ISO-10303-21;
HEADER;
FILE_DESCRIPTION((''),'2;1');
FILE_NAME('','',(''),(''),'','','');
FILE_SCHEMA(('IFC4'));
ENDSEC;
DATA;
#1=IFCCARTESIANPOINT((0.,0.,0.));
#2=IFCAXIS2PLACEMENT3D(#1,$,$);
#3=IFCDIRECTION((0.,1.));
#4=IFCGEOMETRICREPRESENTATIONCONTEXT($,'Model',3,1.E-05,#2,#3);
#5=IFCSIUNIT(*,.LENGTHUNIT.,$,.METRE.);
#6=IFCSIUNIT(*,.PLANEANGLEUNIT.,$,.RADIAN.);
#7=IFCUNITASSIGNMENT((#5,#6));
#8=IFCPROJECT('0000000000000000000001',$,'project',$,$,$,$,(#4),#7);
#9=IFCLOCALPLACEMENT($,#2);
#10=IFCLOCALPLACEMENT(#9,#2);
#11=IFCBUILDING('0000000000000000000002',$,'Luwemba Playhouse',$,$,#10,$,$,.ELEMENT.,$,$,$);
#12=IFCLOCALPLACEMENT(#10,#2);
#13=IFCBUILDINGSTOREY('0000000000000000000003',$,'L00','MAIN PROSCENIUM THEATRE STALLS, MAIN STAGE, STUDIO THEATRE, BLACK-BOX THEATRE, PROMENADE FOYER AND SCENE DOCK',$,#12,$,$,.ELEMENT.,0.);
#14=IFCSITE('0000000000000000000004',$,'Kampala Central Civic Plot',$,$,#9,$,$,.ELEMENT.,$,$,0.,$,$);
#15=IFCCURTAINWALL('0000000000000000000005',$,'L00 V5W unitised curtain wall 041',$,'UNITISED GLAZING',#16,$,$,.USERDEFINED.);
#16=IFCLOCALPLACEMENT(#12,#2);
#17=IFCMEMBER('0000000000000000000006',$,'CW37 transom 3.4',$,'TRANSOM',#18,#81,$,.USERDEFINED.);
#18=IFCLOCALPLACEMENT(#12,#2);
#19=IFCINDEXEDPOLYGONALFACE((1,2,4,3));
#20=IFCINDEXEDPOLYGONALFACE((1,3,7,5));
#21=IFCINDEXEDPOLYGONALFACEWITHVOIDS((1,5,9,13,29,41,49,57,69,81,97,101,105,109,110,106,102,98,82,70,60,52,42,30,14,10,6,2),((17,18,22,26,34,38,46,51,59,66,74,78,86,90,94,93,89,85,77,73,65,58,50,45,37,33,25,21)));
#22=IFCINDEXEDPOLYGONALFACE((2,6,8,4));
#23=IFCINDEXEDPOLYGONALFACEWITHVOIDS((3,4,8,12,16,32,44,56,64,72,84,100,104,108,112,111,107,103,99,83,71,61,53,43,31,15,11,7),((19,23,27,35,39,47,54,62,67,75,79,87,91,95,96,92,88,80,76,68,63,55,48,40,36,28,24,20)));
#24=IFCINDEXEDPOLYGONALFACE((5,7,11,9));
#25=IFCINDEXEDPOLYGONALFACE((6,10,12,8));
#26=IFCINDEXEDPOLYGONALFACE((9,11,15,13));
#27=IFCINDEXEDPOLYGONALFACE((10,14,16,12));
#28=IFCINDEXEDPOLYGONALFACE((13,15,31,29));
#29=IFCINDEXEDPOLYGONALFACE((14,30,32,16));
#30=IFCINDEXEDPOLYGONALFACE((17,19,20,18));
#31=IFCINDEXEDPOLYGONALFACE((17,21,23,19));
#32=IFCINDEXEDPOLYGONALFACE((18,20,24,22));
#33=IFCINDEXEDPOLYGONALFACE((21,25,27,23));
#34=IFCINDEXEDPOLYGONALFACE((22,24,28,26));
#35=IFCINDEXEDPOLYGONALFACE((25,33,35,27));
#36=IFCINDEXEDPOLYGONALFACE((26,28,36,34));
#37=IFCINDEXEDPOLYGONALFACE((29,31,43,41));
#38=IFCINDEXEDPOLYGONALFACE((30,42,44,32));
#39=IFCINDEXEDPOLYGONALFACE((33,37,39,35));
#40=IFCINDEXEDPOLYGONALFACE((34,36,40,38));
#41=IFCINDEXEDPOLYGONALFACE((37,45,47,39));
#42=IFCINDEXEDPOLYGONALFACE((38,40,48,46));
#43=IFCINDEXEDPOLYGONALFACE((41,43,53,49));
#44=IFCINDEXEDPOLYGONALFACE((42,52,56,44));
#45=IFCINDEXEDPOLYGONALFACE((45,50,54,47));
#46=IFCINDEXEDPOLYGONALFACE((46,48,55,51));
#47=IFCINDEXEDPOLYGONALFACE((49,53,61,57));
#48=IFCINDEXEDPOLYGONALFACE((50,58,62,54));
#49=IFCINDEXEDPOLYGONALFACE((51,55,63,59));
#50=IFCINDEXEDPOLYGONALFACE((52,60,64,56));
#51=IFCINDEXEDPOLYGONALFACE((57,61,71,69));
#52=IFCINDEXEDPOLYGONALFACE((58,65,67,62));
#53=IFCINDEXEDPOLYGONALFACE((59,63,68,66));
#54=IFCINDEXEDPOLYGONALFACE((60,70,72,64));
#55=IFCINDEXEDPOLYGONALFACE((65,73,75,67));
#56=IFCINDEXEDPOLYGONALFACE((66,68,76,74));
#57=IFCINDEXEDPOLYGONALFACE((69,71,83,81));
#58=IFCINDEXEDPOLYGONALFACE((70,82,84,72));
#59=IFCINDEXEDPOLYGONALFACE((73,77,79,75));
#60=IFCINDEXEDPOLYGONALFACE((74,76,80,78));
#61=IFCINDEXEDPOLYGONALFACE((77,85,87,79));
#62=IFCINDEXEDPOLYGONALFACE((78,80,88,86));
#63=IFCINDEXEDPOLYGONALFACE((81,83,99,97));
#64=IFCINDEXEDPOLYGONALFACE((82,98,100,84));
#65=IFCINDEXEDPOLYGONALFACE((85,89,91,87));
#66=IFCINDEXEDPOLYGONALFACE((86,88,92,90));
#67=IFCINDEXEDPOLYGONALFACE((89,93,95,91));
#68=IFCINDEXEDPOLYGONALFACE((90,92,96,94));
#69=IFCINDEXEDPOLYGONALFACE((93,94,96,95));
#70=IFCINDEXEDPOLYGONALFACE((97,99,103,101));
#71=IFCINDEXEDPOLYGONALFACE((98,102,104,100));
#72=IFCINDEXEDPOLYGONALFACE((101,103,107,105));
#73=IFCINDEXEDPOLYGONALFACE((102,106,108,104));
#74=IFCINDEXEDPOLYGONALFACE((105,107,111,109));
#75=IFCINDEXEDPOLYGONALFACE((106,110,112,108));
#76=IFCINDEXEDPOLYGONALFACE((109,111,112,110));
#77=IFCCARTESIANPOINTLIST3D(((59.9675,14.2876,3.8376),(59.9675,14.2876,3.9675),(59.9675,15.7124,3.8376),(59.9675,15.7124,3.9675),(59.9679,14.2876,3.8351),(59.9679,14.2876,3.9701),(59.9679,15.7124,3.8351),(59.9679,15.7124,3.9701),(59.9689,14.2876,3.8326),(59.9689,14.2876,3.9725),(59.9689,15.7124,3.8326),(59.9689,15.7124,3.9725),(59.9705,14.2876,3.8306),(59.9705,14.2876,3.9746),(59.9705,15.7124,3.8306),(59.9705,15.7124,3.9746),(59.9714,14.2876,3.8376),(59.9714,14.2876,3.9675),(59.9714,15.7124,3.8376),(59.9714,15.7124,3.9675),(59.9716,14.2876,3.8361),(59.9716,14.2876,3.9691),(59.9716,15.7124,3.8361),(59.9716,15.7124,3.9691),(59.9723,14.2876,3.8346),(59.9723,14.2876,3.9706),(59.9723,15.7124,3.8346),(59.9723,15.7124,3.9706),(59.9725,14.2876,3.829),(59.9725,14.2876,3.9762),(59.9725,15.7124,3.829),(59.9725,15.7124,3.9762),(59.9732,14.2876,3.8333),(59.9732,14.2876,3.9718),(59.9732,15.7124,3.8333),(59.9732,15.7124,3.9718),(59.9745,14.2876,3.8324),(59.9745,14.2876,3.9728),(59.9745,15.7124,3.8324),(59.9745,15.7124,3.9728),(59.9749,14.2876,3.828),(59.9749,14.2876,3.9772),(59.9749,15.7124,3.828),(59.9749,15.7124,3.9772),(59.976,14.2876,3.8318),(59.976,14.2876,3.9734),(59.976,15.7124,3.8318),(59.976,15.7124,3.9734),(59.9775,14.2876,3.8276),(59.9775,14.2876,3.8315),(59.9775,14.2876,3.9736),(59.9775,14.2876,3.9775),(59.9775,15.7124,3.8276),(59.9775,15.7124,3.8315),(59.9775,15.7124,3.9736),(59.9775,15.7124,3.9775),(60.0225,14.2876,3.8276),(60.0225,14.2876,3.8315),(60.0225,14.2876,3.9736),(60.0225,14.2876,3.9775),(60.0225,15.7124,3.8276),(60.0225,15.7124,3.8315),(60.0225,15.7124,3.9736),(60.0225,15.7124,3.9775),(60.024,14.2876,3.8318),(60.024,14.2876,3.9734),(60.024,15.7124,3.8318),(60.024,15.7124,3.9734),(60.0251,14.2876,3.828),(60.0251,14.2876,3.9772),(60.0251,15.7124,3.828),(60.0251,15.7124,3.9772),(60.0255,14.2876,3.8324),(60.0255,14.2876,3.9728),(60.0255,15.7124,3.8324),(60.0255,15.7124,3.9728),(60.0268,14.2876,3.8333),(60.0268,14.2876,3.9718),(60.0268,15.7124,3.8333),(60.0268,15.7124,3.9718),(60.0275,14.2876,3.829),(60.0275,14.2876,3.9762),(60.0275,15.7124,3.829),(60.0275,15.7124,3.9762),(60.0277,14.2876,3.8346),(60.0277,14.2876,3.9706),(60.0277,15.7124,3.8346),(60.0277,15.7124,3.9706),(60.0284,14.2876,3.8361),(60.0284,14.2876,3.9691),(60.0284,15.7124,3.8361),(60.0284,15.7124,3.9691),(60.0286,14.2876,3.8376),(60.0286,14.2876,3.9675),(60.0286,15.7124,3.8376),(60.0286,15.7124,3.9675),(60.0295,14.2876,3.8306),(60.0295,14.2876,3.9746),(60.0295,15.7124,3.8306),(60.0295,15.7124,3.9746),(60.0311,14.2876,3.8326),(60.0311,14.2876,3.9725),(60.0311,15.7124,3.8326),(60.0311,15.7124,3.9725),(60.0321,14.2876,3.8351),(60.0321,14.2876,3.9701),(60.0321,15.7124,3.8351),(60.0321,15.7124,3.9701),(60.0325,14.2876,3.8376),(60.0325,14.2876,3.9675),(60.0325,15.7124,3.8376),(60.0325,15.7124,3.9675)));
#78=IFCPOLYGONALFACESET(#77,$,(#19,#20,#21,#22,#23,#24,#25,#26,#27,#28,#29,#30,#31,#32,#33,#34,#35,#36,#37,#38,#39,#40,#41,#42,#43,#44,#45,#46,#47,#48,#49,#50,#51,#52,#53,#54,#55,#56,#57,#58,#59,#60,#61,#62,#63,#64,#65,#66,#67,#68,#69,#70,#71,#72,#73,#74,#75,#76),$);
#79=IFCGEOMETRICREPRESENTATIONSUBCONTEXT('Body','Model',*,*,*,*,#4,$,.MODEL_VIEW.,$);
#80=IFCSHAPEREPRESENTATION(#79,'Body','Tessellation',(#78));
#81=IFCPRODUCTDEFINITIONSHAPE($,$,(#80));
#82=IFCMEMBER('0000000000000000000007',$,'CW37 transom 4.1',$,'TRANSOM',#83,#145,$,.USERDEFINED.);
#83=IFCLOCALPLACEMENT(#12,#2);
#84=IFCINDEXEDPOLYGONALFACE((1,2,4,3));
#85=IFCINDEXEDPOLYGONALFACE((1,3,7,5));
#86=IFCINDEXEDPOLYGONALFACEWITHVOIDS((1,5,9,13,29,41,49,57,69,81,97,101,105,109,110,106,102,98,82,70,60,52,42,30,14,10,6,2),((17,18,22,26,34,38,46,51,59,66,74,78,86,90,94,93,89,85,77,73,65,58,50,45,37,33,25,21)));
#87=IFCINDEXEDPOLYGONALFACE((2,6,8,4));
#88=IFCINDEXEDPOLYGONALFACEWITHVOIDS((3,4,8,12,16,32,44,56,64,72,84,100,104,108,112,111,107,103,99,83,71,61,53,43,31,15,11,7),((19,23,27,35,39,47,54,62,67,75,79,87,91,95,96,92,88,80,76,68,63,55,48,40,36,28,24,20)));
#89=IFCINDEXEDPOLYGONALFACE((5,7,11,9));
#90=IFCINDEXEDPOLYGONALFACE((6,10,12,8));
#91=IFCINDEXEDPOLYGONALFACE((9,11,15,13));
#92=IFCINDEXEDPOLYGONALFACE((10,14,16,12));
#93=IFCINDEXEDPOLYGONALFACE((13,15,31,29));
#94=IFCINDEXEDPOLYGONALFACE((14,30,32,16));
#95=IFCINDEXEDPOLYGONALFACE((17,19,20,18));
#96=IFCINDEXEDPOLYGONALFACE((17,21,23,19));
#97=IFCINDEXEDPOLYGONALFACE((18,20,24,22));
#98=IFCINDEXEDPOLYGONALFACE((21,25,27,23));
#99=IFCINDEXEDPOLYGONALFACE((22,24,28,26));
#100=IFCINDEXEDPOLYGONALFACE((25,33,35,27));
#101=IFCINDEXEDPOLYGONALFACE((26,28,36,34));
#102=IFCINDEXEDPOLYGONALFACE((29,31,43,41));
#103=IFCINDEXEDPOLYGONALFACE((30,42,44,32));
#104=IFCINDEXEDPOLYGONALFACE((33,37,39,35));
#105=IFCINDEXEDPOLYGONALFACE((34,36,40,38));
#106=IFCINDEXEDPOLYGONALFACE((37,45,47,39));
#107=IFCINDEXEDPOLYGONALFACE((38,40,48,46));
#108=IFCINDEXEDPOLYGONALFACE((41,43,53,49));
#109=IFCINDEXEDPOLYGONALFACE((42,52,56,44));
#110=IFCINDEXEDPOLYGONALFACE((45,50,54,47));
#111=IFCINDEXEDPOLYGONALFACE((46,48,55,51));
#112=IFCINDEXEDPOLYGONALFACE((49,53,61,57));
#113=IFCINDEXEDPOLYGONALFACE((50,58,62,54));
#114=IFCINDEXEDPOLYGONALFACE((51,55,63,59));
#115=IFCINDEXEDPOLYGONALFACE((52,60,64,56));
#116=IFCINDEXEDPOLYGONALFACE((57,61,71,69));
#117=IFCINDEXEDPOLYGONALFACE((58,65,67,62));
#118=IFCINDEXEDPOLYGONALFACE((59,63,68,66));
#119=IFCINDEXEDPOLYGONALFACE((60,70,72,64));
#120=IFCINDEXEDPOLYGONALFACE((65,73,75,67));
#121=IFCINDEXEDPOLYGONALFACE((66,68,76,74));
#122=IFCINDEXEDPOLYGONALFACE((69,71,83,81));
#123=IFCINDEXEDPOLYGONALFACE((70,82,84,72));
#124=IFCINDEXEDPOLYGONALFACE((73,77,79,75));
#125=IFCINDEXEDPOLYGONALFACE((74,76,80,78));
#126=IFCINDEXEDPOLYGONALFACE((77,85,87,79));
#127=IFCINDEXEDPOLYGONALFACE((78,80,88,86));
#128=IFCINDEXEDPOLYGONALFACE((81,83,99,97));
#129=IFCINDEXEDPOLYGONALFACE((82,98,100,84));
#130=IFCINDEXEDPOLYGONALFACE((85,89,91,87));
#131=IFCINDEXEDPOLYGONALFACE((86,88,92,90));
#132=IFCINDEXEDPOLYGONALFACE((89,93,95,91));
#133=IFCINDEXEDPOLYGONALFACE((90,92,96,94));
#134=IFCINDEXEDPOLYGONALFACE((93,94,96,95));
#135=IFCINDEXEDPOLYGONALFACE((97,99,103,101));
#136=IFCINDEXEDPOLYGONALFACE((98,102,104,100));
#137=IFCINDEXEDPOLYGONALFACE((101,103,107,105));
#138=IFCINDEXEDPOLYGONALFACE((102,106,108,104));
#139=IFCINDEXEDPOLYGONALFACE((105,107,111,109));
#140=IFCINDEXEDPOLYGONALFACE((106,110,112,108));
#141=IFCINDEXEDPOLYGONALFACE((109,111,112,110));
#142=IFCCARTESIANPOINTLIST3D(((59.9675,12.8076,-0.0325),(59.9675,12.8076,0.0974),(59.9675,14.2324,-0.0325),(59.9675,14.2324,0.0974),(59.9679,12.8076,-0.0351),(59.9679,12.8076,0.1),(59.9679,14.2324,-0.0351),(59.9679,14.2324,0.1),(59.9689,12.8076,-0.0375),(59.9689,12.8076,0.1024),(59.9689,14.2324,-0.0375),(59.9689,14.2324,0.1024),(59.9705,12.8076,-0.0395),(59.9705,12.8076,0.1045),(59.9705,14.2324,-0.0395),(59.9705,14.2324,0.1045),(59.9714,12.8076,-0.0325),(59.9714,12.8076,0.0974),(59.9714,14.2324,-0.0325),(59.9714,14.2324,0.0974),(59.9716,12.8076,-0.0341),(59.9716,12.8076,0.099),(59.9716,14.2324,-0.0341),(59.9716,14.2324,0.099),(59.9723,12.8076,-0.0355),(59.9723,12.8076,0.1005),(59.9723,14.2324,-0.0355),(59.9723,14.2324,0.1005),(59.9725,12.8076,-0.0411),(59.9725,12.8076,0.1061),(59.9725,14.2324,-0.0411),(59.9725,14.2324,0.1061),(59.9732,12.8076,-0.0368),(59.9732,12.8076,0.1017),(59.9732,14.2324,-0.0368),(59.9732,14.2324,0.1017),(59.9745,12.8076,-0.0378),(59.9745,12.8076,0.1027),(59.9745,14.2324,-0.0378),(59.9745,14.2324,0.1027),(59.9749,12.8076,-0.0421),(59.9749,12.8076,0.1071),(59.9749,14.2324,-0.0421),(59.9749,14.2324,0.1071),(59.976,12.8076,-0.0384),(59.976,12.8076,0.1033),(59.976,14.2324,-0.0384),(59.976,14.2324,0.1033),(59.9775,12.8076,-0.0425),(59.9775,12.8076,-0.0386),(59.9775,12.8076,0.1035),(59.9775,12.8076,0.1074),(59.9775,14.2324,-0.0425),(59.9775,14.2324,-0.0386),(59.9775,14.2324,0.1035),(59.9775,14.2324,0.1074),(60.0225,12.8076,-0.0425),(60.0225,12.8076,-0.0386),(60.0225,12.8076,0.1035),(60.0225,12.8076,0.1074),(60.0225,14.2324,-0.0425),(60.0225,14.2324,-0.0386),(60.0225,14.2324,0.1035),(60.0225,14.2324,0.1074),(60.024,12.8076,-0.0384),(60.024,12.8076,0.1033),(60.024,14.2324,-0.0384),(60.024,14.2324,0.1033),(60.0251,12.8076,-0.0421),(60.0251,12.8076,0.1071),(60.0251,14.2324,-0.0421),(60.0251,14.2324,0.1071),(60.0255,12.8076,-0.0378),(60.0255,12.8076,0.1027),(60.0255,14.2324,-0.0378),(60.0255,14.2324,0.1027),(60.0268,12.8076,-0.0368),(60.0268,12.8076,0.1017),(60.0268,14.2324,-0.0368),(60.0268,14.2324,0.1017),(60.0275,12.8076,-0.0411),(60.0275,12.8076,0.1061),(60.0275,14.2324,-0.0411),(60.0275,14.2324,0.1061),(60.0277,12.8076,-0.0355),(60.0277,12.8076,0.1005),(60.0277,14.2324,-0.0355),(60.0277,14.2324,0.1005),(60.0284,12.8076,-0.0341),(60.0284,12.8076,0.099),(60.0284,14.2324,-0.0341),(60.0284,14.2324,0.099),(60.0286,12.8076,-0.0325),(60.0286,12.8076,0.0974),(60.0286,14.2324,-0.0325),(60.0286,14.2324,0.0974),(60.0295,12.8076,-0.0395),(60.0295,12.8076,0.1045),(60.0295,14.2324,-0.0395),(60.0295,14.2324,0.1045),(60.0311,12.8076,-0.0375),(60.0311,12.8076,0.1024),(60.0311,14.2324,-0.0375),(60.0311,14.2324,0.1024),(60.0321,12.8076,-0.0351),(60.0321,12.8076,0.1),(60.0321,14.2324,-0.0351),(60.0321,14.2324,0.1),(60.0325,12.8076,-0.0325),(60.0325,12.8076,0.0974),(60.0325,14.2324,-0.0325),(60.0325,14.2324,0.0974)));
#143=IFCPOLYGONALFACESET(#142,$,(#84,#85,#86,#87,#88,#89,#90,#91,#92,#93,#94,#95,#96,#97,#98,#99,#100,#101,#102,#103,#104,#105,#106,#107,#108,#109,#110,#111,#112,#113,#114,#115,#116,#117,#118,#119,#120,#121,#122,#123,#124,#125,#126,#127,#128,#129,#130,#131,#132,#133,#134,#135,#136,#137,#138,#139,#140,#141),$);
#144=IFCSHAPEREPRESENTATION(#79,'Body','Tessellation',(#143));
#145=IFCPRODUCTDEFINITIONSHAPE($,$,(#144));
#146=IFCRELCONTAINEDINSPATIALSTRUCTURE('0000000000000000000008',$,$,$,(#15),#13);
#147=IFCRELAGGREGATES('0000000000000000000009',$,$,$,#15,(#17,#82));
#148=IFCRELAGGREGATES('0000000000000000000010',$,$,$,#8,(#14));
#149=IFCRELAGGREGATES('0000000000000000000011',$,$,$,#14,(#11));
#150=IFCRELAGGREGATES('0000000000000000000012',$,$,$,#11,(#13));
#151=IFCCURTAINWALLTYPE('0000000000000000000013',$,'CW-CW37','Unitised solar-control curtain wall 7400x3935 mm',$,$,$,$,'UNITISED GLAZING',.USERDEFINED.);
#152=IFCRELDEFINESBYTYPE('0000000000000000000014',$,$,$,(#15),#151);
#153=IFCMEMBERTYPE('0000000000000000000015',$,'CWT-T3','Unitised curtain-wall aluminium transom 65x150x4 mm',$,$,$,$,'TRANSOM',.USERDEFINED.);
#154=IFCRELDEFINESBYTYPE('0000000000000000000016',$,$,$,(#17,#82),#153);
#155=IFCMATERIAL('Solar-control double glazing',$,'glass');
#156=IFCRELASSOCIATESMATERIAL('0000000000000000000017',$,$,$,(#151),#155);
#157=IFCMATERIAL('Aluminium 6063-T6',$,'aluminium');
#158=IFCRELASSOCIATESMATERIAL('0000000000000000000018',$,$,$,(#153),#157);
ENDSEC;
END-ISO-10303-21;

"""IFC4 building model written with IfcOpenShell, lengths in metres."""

from ifc_helpers import new_model, si_unit, direction, frame, origin, origin_2d, place, context, subcontext, project, spatial, hollow_rectangle, extrude, material, material_profile, profile_set, type_object, element, aggregate, save


model = new_model("IFC4")

# Units and contexts
model_context = context("Model", 3, precision=1e-05, world=origin(), true_north=direction((0.0, 1.0)))
body_context = subcontext(model_context, "Body", "Model", "MODEL_VIEW")
ifc_project = project(units=[si_unit("LENGTHUNIT", "METRE"), si_unit("PLANEANGLEUNIT", "RADIAN")], contexts=[model_context])

# Site, building, storey
site_placement = place(None, origin())
site = spatial("IfcSite", under=ifc_project, at=site_placement, Name="Kampala Central Civic Plot", CompositionType="ELEMENT", RefElevation=0.0)
building_placement = place(site_placement, origin())
building = spatial("IfcBuilding", under=site, at=building_placement, Name="Luwemba Playhouse", CompositionType="ELEMENT")
storey_placement = place(building_placement, origin())
storey = spatial("IfcBuildingStorey", under=building, at=storey_placement, Name="L00", Description="MAIN PROSCENIUM THEATRE STALLS, MAIN STAGE, STUDIO THEATRE, BLACK-BOX THEATRE, PROMENADE FOYER AND SCENE DOCK", CompositionType="ELEMENT", Elevation=0.0)

# Curtain wall, members
ifc_material_1 = material(Name="Solar-control double glazing", Category="glass")
curtain_wall_type = type_object("IfcCurtainWallType", Name="CW-CW37", Description="Unitised solar-control curtain wall 7400x3935 mm", ElementType="UNITISED GLAZING", PredefinedType="USERDEFINED", material=ifc_material_1)
curtain_wall_placement = place(storey_placement, origin())
curtain_wall = element("IfcCurtainWall", 1, at=curtain_wall_placement, inside=storey, type_object=curtain_wall_type, Name="L00 V5W unitised curtain wall 041", ObjectType="UNITISED GLAZING", PredefinedType="USERDEFINED")
ifc_material_2 = material(Name="Aluminium 6063-T6", Category="aluminium")
ifc_material_profile_1 = material_profile(ifc_material_2, hollow_rectangle(XDim=0.0649, YDim=0.1499, WallThickness=0.0039, InnerFilletRadius=0.0061, OuterFilletRadius=0.01, at=origin_2d()))
ifc_profile_set_1 = profile_set([ifc_material_profile_1], Name="Aluminium 6063-T6")
member_type_1 = type_object("IfcMemberType", Name="CWT-T3", Description="Unitised curtain-wall aluminium transom 65x150x4 mm", ElementType="TRANSOM", PredefinedType="USERDEFINED", material=ifc_profile_set_1)
member_1_placement = place(storey_placement, frame((60.0, 15.7124, 3.9026), z_axis=(0.0, -1.0, 0.0), x_axis=(1.0, 0.0, 0.0)))
member_1 = element("IfcMember", 2, at=member_1_placement, type_object=member_type_1, Name="CW37 transom 3.4", ObjectType="TRANSOM", PredefinedType="USERDEFINED", context=body_context, shape_type="SweptSolid", body=[
    extrude(hollow_rectangle(XDim=0.0649, YDim=0.1499, WallThickness=0.0039, InnerFilletRadius=0.0061, OuterFilletRadius=0.01, at=origin_2d()), origin(), (0.0, 0.0, 1.0), 1.4248),
])
member_2_placement = place(storey_placement, frame((60.0, 14.2324, 0.0325), z_axis=(0.0, -1.0, 0.0), x_axis=(1.0, 0.0, 0.0)))
member_2 = element("IfcMember", 3, at=member_2_placement, type_object=member_type_1, Name="CW37 transom 4.1", ObjectType="TRANSOM", PredefinedType="USERDEFINED", context=body_context, shape_type="SweptSolid", body=[
    extrude(hollow_rectangle(XDim=0.0649, YDim=0.1499, WallThickness=0.0039, InnerFilletRadius=0.0061, OuterFilletRadius=0.01, at=origin_2d()), origin(), (0.0, 0.0, 1.0), 1.4248),
])
aggregate(curtain_wall, [member_1, member_2])

save(model, "model.ifc")
